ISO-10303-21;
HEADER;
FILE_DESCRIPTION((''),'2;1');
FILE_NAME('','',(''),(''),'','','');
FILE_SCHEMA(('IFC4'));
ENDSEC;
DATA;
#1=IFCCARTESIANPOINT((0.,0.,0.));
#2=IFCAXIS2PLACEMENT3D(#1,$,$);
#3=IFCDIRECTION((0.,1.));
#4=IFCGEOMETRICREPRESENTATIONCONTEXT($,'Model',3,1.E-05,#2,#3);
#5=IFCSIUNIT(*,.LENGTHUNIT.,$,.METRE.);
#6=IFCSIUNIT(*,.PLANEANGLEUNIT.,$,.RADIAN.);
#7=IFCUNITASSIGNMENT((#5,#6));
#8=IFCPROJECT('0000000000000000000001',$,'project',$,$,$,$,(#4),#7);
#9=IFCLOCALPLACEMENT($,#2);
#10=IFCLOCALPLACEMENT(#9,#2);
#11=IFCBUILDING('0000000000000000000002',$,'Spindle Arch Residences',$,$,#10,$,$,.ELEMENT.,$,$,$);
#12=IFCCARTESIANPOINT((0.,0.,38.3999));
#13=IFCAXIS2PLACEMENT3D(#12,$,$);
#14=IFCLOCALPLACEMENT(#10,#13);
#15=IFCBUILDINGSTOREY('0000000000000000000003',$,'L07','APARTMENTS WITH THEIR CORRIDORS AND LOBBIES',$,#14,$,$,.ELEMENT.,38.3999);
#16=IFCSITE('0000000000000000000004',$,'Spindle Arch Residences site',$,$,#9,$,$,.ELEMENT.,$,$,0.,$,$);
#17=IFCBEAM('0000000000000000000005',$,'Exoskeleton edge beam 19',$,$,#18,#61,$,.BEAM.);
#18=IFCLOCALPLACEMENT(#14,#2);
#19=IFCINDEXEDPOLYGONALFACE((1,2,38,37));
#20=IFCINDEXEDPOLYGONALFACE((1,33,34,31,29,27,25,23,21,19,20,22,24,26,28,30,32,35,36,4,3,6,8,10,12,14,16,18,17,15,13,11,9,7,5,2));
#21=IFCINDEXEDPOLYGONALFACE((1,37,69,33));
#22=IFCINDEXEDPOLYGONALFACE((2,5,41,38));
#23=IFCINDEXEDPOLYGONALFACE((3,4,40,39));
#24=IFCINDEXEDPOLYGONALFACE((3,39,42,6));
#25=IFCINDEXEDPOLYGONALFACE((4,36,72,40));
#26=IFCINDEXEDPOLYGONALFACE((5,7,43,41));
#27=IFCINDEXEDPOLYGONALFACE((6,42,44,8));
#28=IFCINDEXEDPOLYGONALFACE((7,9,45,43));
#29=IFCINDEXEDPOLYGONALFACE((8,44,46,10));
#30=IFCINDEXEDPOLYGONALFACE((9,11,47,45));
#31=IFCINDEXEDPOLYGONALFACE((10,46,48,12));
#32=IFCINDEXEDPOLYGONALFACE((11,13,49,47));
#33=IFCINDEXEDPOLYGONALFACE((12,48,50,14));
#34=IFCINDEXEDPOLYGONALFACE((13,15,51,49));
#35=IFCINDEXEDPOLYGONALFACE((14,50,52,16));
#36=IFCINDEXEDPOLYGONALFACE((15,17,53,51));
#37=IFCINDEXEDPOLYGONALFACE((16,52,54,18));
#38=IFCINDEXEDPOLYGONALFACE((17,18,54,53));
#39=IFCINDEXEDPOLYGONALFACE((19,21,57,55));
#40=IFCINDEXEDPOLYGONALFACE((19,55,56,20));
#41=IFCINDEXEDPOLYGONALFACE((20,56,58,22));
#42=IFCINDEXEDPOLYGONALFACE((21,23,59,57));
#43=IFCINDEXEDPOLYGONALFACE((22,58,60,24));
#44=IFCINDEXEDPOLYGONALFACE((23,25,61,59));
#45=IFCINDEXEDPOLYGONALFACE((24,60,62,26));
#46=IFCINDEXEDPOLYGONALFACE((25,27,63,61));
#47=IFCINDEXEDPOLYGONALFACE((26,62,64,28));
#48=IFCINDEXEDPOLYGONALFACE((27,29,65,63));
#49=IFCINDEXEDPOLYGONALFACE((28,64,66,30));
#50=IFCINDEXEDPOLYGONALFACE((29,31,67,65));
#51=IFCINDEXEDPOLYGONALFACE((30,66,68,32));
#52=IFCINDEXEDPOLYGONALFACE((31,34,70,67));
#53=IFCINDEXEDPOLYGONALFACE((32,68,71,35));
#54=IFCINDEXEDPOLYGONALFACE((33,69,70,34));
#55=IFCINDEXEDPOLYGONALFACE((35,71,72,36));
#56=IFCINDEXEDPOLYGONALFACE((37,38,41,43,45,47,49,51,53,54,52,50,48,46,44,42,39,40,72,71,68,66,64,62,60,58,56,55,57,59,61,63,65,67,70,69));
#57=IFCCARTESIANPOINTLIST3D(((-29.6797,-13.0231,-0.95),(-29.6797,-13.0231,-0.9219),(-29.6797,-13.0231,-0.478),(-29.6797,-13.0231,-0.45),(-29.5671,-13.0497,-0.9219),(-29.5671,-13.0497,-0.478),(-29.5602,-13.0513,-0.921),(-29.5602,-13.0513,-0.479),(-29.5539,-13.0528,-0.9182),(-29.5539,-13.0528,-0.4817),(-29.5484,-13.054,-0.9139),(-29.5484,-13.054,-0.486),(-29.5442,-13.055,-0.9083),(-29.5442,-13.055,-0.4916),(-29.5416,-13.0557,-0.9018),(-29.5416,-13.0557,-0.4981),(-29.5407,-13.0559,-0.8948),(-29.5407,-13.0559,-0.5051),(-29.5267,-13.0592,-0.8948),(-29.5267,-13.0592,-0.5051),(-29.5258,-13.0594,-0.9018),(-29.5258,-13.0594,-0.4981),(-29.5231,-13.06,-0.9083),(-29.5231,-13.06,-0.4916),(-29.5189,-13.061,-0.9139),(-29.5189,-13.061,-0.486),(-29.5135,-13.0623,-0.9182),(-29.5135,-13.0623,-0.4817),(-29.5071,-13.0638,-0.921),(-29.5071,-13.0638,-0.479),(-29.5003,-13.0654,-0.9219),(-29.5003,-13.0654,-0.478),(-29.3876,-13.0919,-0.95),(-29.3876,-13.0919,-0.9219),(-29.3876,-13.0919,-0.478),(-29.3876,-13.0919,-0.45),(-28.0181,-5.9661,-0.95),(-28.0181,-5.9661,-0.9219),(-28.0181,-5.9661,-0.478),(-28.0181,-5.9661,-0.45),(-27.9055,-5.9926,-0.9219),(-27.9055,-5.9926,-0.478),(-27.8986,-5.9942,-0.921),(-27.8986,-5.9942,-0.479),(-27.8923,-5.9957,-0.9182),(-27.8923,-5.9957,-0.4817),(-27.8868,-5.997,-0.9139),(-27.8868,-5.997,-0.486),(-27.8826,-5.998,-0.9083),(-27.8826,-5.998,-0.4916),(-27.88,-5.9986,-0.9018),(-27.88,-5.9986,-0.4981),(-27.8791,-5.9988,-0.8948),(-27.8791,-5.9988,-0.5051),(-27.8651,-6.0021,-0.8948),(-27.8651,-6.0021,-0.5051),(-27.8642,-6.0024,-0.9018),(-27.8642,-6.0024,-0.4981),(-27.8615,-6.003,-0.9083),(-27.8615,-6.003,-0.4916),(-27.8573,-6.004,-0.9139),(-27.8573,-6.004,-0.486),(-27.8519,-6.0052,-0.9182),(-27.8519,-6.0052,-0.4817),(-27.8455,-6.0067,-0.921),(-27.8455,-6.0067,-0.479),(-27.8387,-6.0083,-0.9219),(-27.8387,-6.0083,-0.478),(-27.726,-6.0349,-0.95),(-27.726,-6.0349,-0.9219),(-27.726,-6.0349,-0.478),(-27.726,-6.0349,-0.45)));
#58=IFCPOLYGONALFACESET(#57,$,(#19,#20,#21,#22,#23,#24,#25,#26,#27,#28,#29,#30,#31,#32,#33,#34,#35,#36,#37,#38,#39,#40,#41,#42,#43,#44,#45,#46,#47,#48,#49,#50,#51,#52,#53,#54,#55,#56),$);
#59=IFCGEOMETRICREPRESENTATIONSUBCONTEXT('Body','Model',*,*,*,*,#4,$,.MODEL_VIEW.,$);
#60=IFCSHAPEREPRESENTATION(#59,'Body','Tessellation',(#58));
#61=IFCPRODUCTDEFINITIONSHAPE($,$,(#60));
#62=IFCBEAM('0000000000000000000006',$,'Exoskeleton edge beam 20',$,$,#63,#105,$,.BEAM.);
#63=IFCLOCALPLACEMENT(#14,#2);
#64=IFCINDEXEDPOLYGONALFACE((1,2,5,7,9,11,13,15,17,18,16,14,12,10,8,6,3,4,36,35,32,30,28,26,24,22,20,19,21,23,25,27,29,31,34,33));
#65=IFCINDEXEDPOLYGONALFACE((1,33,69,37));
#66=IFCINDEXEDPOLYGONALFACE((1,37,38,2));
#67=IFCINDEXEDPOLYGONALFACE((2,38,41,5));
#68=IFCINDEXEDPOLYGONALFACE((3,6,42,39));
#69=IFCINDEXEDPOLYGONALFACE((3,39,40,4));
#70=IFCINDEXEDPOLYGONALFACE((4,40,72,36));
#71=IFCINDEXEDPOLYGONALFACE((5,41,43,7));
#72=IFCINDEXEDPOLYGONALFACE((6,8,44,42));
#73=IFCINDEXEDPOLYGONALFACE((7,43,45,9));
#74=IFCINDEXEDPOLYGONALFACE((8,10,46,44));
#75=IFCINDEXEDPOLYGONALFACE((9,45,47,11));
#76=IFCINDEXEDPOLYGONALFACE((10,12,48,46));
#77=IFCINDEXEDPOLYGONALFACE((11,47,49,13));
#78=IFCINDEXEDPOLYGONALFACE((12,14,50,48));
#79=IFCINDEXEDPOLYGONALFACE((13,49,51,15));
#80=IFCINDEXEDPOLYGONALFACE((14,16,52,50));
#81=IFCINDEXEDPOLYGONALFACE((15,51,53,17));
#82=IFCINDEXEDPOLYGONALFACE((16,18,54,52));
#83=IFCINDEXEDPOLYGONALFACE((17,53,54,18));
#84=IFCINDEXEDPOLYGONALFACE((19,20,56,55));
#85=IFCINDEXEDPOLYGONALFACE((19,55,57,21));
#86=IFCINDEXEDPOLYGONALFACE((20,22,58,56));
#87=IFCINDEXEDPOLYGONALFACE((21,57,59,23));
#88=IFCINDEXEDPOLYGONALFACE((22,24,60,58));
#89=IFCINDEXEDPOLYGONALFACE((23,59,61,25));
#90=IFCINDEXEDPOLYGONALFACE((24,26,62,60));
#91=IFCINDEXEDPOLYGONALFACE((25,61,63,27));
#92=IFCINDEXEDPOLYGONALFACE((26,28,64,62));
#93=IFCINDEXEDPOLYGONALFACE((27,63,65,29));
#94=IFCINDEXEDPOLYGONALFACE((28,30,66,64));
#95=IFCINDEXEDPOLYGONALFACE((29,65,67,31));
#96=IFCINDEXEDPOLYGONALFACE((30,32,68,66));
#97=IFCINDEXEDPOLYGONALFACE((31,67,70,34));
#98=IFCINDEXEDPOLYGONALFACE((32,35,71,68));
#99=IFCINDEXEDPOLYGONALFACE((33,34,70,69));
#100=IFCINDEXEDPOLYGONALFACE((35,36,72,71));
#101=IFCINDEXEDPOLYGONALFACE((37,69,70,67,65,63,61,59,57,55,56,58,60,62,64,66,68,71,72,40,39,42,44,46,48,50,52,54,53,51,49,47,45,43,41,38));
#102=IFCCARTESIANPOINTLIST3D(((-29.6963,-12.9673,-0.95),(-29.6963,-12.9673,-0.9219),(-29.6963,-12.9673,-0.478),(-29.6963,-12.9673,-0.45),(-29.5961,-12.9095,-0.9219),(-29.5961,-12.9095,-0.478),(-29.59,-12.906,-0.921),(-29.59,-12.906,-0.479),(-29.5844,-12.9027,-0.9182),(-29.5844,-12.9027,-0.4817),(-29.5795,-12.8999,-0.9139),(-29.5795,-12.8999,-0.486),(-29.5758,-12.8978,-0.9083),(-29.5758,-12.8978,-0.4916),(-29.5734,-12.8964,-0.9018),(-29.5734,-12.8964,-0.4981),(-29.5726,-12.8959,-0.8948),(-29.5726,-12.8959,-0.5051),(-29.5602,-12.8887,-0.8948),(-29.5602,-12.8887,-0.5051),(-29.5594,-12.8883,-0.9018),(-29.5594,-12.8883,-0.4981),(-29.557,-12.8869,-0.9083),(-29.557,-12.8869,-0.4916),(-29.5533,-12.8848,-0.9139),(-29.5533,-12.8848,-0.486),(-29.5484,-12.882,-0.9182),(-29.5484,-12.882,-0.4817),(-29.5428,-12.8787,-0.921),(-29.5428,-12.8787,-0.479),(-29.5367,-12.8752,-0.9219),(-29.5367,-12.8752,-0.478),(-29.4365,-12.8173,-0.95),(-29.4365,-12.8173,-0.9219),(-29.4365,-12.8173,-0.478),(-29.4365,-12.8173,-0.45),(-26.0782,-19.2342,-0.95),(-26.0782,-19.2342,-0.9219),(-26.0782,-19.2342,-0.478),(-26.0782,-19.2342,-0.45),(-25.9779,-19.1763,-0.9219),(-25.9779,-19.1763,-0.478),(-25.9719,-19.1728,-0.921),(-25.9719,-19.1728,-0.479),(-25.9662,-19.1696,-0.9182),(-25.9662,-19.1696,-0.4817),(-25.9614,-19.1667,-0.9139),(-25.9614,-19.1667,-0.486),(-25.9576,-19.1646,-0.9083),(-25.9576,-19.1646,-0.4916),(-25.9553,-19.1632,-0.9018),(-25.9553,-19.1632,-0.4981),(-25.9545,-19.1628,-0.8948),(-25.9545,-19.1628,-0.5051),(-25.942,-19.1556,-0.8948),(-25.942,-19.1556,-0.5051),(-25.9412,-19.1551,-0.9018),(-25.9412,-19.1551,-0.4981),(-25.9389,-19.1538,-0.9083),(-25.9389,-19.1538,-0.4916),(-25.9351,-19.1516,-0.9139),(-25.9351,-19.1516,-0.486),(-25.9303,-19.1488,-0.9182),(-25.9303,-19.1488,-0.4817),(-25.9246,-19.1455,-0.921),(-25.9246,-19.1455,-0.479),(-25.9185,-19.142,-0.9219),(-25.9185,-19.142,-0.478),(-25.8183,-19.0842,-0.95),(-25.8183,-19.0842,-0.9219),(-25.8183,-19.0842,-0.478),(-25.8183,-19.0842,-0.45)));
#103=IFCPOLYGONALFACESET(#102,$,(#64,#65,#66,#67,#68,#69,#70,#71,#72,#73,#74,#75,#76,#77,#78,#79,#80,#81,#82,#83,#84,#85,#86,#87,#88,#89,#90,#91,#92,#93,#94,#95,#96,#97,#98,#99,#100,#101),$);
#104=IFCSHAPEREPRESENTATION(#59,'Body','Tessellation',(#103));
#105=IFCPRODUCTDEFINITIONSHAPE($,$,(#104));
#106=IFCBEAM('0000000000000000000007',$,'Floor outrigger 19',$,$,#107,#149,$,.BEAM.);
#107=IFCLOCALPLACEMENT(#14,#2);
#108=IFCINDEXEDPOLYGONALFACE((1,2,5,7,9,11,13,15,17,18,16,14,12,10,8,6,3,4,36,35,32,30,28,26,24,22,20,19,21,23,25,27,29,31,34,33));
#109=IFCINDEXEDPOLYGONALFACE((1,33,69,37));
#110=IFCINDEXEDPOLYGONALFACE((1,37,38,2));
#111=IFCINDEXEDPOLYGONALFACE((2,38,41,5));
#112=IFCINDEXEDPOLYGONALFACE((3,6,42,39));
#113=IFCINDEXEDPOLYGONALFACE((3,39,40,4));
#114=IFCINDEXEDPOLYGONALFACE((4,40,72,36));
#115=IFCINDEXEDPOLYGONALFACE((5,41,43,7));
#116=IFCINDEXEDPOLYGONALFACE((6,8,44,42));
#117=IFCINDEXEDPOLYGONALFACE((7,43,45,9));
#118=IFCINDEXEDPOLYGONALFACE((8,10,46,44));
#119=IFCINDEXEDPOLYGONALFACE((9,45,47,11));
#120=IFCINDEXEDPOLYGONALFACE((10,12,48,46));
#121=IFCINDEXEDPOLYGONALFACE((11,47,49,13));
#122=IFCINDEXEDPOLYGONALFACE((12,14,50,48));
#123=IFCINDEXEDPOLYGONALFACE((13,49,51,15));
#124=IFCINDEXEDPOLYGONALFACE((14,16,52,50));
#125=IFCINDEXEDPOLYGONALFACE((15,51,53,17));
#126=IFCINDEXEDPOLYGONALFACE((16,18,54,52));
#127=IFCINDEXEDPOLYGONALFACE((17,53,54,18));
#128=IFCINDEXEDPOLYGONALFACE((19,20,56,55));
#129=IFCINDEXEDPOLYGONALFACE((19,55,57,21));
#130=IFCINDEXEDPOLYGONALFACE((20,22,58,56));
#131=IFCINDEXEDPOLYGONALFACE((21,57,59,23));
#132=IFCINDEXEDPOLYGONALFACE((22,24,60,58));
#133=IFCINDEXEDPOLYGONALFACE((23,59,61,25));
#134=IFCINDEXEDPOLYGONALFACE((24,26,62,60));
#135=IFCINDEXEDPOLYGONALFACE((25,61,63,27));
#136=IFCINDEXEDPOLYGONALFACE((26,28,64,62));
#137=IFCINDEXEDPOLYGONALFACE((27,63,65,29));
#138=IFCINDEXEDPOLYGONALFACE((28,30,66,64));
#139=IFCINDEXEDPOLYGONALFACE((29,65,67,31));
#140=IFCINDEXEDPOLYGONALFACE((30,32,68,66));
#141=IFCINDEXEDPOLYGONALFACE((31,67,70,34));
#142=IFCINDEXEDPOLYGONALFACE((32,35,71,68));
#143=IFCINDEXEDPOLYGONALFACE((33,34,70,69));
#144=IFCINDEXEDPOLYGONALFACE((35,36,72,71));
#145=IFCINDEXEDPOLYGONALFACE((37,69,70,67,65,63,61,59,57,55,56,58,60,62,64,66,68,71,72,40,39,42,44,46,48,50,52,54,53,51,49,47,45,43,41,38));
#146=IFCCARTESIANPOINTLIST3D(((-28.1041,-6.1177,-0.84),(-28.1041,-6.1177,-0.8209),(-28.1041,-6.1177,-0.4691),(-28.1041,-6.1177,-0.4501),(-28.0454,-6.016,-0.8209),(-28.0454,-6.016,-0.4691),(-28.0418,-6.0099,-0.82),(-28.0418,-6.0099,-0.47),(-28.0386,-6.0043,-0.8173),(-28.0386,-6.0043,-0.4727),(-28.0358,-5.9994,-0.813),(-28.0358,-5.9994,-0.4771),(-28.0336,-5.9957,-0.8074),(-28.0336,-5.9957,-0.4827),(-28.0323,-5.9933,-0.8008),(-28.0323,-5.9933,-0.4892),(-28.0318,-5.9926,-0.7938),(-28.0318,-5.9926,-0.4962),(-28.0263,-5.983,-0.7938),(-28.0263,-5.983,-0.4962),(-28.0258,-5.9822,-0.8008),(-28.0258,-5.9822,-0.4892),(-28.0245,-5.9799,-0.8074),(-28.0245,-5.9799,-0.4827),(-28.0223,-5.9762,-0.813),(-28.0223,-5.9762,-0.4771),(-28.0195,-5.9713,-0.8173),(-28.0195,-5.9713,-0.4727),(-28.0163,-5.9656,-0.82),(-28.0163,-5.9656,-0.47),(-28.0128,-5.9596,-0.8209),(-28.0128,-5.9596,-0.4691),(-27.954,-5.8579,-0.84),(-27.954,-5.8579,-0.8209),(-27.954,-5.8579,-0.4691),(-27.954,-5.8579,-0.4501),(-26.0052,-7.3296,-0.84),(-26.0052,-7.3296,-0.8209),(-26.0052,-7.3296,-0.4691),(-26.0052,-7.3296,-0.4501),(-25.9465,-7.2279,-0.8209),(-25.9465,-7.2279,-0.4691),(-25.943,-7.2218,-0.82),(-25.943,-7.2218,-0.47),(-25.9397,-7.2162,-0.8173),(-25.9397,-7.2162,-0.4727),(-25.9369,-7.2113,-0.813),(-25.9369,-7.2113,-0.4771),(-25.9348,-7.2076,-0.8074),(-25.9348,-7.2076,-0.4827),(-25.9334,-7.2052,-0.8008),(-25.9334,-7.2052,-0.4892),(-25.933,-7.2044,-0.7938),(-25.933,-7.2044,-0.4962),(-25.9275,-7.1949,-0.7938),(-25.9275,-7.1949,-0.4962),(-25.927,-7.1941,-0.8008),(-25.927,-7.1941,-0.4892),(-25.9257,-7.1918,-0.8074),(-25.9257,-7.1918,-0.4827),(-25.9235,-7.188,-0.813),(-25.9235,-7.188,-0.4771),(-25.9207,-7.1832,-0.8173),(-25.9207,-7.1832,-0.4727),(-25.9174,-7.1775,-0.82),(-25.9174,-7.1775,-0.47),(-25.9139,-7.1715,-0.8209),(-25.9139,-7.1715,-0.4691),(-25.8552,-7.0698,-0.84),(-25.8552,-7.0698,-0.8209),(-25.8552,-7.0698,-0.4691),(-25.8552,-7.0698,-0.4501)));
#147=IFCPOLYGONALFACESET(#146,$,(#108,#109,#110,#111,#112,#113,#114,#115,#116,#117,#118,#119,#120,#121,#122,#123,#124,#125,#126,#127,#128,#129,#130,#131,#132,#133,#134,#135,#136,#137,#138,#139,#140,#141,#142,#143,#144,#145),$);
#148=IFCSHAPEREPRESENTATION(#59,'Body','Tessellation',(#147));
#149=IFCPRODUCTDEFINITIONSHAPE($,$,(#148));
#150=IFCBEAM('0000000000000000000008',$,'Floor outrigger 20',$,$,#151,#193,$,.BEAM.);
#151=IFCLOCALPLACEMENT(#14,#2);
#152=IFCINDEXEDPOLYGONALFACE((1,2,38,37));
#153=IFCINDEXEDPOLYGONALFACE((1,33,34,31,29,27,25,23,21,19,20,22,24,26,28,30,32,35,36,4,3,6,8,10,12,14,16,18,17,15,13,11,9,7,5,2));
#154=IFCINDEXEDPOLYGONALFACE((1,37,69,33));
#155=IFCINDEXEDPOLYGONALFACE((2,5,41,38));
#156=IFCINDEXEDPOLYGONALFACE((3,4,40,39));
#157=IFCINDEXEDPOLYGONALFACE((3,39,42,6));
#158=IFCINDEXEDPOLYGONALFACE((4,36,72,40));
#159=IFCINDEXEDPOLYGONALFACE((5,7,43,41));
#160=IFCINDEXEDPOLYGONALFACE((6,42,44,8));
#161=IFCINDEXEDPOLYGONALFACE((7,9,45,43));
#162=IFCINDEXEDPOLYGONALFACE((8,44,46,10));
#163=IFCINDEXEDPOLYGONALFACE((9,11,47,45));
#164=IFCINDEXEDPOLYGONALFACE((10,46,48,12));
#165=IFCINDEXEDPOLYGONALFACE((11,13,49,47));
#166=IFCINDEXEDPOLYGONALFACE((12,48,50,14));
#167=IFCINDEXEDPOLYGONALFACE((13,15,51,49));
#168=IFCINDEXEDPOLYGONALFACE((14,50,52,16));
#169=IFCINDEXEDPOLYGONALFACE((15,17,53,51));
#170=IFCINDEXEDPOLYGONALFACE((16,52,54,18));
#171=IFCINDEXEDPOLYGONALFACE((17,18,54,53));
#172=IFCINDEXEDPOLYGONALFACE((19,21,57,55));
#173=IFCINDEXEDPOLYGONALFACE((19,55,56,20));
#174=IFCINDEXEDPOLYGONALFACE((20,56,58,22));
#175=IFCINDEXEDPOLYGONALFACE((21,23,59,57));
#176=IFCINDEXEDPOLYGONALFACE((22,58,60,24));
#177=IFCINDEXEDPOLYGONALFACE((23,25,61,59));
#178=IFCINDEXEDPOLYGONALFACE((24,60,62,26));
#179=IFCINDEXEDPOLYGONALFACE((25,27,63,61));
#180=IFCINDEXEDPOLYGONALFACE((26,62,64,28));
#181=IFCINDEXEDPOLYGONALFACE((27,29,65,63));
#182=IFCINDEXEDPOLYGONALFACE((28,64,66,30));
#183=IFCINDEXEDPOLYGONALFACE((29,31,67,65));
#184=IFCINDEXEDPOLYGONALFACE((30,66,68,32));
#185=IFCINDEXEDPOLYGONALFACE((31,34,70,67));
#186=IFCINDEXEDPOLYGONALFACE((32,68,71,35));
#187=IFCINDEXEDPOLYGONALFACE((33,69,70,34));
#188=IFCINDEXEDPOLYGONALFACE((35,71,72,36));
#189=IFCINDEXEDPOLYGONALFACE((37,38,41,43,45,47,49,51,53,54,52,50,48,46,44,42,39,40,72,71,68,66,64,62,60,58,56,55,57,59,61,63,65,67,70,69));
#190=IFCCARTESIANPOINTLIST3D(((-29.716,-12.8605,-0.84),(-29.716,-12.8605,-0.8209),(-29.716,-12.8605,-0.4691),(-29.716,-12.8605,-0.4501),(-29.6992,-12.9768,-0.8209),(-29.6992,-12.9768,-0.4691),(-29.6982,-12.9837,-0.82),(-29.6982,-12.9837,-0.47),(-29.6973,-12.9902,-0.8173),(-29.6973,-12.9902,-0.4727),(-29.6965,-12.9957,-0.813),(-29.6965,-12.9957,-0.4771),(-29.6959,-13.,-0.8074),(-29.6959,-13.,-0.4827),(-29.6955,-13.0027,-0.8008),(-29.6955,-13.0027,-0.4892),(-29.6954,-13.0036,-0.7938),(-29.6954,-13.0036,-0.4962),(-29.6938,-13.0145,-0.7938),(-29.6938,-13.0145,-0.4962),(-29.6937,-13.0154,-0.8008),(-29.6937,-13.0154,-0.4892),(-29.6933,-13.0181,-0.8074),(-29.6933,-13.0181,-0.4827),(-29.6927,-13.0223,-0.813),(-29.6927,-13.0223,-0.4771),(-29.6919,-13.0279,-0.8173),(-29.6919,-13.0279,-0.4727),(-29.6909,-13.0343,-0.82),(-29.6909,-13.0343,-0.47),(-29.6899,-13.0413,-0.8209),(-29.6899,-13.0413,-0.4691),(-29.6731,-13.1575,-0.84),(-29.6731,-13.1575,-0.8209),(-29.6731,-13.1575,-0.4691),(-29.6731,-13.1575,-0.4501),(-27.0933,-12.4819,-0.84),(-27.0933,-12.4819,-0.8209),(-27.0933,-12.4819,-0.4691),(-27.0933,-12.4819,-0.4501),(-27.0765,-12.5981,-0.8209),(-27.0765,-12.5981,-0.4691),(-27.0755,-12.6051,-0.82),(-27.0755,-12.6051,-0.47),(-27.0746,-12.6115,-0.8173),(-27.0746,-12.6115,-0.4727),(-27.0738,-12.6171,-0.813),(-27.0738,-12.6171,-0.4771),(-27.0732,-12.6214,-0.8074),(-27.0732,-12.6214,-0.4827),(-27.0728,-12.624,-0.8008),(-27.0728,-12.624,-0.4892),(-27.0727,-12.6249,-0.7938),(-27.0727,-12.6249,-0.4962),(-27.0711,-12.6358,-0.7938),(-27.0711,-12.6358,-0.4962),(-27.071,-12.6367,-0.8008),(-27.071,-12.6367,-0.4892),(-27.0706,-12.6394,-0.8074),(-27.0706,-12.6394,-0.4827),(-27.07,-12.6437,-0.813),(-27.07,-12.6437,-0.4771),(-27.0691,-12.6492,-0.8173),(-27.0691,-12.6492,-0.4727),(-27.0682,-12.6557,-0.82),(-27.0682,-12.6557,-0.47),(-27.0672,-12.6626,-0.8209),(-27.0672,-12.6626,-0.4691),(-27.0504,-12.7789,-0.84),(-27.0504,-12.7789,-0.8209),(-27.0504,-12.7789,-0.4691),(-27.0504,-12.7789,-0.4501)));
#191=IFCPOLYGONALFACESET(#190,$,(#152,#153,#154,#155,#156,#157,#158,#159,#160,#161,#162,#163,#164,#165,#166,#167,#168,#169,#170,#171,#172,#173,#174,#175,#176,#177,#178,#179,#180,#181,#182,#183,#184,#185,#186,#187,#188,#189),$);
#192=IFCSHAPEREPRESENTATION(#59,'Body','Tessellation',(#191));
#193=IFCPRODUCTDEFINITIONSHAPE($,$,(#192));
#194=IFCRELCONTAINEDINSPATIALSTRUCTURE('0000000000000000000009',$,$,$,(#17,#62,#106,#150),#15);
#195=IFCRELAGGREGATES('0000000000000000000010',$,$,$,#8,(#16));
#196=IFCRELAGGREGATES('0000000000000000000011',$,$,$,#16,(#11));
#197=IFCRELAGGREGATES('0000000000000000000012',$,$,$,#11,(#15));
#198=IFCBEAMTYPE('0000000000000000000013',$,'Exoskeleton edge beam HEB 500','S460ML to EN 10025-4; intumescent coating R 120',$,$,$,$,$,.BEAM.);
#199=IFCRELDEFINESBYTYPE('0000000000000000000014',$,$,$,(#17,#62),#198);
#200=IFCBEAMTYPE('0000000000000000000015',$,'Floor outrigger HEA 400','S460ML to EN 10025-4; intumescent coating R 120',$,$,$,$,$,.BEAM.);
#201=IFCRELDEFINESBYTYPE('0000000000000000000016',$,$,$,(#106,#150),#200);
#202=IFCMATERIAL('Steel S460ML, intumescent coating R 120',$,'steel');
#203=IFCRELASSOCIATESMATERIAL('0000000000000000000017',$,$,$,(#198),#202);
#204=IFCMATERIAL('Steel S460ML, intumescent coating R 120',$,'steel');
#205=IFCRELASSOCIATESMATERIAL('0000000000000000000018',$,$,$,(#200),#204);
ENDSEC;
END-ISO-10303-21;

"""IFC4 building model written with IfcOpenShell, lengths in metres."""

from ifc_helpers import new_model, si_unit, direction, frame, origin, origin_2d, place, context, subcontext, project, spatial, i_section, extrude, material, material_profile, profile_set, type_object, element, save


model = new_model("IFC4")

# Units and contexts
model_context = context("Model", 3, precision=1e-05, world=origin(), true_north=direction((0.0, 1.0)))
body_context = subcontext(model_context, "Body", "Model", "MODEL_VIEW")
ifc_project = project(units=[si_unit("LENGTHUNIT", "METRE"), si_unit("PLANEANGLEUNIT", "RADIAN")], contexts=[model_context])

# Site, building, storey
site_placement = place(None, origin())
site = spatial("IfcSite", under=ifc_project, at=site_placement, Name="Spindle Arch Residences site", CompositionType="ELEMENT", RefElevation=0.0)
building_placement = place(site_placement, origin())
building = spatial("IfcBuilding", under=site, at=building_placement, Name="Spindle Arch Residences", CompositionType="ELEMENT")
storey_placement = place(building_placement, frame((0.0, 0.0, 38.3999)))
storey = spatial("IfcBuildingStorey", under=building, at=storey_placement, Name="L07", Description="APARTMENTS WITH THEIR CORRIDORS AND LOBBIES", CompositionType="ELEMENT", Elevation=38.3999)

# Beams
ifc_material_1 = material(Name="Steel S460ML, intumescent coating R 120", Category="steel")
ifc_material_profile_1 = material_profile(ifc_material_1, i_section(OverallWidth=0.3, OverallDepth=0.5, WebThickness=0.0144, FlangeThickness=0.0281, FilletRadius=0.0271, at=origin_2d()), Name="HEB 500")
ifc_profile_set_1 = profile_set([ifc_material_profile_1], Name="Steel S460ML, intumescent coating R 120")
beam_type_1 = type_object("IfcBeamType", Name="Exoskeleton edge beam HEB 500", Description="S460ML to EN 10025-4; intumescent coating R 120", PredefinedType="BEAM", material=ifc_profile_set_1)
beam_1_placement = place(storey_placement, frame((-27.8721, -6.0005, -0.7), z_axis=(-0.229186, -0.973383, 0.0), x_axis=(0.973383, -0.229186, 0.0)))
element("IfcBeam", 1, at=beam_1_placement, inside=storey, type_object=beam_type_1, Name="Exoskeleton edge beam 19", PredefinedType="BEAM", context=body_context, shape_type="SweptSolid", body=[
    extrude(i_section(OverallWidth=0.3, OverallDepth=0.5, WebThickness=0.0144, FlangeThickness=0.0281, FilletRadius=0.0271, at=origin_2d()), origin(), (0.0, 0.0, 1.0), 7.25),
])
beam_2_placement = place(storey_placement, frame((-29.5664, -12.8923, -0.7), z_axis=(0.5, -0.866025, 0.0), x_axis=(0.866025, 0.5, 0.0)))
element("IfcBeam", 2, at=beam_2_placement, inside=storey, type_object=beam_type_1, Name="Exoskeleton edge beam 20", PredefinedType="BEAM", context=body_context, shape_type="SweptSolid", body=[
    extrude(i_section(OverallWidth=0.3, OverallDepth=0.5, WebThickness=0.0144, FlangeThickness=0.0281, FilletRadius=0.0271, at=origin_2d()), origin(), (0.0, 0.0, 1.0), 7.2363),
])
ifc_material_2 = material(Name="Steel S460ML, intumescent coating R 120", Category="steel")
ifc_material_profile_2 = material_profile(ifc_material_2, i_section(OverallWidth=0.3, OverallDepth=0.3899, WebThickness=0.011, FlangeThickness=0.019, FilletRadius=0.0271, at=origin_2d()), Name="HEA 400")
ifc_profile_set_2 = profile_set([ifc_material_profile_2], Name="Steel S460ML, intumescent coating R 120")
beam_type_2 = type_object("IfcBeamType", Name="Floor outrigger HEA 400", Description="S460ML to EN 10025-4; intumescent coating R 120", PredefinedType="BEAM", material=ifc_profile_set_2)
beam_3_placement = place(storey_placement, frame((-28.0291, -5.9878, -0.645), z_axis=(0.866003, -0.500039, 0.0), x_axis=(0.500039, 0.866003, 0.0)))
element("IfcBeam", 3, at=beam_3_placement, inside=storey, type_object=beam_type_2, Name="Floor outrigger 19", PredefinedType="BEAM", context=body_context, shape_type="SweptSolid", body=[
    extrude(i_section(OverallWidth=0.3, OverallDepth=0.3899, WebThickness=0.011, FlangeThickness=0.019, FilletRadius=0.0271, at=origin_2d()), origin(), (0.0, 0.0, 1.0), 2.4236),
])
beam_4_placement = place(storey_placement, frame((-29.6946, -13.009, -0.645), z_axis=(0.989738, 0.142892, 0.0), x_axis=(-0.142892, 0.989738, 0.0)))
element("IfcBeam", 4, at=beam_4_placement, inside=storey, type_object=beam_type_2, Name="Floor outrigger 20", PredefinedType="BEAM", context=body_context, shape_type="SweptSolid", body=[
    extrude(i_section(OverallWidth=0.3, OverallDepth=0.3899, WebThickness=0.011, FlangeThickness=0.019, FilletRadius=0.0271, at=origin_2d()), origin(), (0.0, 0.0, 1.0), 2.6499),
])

save(model, "model.ifc")
